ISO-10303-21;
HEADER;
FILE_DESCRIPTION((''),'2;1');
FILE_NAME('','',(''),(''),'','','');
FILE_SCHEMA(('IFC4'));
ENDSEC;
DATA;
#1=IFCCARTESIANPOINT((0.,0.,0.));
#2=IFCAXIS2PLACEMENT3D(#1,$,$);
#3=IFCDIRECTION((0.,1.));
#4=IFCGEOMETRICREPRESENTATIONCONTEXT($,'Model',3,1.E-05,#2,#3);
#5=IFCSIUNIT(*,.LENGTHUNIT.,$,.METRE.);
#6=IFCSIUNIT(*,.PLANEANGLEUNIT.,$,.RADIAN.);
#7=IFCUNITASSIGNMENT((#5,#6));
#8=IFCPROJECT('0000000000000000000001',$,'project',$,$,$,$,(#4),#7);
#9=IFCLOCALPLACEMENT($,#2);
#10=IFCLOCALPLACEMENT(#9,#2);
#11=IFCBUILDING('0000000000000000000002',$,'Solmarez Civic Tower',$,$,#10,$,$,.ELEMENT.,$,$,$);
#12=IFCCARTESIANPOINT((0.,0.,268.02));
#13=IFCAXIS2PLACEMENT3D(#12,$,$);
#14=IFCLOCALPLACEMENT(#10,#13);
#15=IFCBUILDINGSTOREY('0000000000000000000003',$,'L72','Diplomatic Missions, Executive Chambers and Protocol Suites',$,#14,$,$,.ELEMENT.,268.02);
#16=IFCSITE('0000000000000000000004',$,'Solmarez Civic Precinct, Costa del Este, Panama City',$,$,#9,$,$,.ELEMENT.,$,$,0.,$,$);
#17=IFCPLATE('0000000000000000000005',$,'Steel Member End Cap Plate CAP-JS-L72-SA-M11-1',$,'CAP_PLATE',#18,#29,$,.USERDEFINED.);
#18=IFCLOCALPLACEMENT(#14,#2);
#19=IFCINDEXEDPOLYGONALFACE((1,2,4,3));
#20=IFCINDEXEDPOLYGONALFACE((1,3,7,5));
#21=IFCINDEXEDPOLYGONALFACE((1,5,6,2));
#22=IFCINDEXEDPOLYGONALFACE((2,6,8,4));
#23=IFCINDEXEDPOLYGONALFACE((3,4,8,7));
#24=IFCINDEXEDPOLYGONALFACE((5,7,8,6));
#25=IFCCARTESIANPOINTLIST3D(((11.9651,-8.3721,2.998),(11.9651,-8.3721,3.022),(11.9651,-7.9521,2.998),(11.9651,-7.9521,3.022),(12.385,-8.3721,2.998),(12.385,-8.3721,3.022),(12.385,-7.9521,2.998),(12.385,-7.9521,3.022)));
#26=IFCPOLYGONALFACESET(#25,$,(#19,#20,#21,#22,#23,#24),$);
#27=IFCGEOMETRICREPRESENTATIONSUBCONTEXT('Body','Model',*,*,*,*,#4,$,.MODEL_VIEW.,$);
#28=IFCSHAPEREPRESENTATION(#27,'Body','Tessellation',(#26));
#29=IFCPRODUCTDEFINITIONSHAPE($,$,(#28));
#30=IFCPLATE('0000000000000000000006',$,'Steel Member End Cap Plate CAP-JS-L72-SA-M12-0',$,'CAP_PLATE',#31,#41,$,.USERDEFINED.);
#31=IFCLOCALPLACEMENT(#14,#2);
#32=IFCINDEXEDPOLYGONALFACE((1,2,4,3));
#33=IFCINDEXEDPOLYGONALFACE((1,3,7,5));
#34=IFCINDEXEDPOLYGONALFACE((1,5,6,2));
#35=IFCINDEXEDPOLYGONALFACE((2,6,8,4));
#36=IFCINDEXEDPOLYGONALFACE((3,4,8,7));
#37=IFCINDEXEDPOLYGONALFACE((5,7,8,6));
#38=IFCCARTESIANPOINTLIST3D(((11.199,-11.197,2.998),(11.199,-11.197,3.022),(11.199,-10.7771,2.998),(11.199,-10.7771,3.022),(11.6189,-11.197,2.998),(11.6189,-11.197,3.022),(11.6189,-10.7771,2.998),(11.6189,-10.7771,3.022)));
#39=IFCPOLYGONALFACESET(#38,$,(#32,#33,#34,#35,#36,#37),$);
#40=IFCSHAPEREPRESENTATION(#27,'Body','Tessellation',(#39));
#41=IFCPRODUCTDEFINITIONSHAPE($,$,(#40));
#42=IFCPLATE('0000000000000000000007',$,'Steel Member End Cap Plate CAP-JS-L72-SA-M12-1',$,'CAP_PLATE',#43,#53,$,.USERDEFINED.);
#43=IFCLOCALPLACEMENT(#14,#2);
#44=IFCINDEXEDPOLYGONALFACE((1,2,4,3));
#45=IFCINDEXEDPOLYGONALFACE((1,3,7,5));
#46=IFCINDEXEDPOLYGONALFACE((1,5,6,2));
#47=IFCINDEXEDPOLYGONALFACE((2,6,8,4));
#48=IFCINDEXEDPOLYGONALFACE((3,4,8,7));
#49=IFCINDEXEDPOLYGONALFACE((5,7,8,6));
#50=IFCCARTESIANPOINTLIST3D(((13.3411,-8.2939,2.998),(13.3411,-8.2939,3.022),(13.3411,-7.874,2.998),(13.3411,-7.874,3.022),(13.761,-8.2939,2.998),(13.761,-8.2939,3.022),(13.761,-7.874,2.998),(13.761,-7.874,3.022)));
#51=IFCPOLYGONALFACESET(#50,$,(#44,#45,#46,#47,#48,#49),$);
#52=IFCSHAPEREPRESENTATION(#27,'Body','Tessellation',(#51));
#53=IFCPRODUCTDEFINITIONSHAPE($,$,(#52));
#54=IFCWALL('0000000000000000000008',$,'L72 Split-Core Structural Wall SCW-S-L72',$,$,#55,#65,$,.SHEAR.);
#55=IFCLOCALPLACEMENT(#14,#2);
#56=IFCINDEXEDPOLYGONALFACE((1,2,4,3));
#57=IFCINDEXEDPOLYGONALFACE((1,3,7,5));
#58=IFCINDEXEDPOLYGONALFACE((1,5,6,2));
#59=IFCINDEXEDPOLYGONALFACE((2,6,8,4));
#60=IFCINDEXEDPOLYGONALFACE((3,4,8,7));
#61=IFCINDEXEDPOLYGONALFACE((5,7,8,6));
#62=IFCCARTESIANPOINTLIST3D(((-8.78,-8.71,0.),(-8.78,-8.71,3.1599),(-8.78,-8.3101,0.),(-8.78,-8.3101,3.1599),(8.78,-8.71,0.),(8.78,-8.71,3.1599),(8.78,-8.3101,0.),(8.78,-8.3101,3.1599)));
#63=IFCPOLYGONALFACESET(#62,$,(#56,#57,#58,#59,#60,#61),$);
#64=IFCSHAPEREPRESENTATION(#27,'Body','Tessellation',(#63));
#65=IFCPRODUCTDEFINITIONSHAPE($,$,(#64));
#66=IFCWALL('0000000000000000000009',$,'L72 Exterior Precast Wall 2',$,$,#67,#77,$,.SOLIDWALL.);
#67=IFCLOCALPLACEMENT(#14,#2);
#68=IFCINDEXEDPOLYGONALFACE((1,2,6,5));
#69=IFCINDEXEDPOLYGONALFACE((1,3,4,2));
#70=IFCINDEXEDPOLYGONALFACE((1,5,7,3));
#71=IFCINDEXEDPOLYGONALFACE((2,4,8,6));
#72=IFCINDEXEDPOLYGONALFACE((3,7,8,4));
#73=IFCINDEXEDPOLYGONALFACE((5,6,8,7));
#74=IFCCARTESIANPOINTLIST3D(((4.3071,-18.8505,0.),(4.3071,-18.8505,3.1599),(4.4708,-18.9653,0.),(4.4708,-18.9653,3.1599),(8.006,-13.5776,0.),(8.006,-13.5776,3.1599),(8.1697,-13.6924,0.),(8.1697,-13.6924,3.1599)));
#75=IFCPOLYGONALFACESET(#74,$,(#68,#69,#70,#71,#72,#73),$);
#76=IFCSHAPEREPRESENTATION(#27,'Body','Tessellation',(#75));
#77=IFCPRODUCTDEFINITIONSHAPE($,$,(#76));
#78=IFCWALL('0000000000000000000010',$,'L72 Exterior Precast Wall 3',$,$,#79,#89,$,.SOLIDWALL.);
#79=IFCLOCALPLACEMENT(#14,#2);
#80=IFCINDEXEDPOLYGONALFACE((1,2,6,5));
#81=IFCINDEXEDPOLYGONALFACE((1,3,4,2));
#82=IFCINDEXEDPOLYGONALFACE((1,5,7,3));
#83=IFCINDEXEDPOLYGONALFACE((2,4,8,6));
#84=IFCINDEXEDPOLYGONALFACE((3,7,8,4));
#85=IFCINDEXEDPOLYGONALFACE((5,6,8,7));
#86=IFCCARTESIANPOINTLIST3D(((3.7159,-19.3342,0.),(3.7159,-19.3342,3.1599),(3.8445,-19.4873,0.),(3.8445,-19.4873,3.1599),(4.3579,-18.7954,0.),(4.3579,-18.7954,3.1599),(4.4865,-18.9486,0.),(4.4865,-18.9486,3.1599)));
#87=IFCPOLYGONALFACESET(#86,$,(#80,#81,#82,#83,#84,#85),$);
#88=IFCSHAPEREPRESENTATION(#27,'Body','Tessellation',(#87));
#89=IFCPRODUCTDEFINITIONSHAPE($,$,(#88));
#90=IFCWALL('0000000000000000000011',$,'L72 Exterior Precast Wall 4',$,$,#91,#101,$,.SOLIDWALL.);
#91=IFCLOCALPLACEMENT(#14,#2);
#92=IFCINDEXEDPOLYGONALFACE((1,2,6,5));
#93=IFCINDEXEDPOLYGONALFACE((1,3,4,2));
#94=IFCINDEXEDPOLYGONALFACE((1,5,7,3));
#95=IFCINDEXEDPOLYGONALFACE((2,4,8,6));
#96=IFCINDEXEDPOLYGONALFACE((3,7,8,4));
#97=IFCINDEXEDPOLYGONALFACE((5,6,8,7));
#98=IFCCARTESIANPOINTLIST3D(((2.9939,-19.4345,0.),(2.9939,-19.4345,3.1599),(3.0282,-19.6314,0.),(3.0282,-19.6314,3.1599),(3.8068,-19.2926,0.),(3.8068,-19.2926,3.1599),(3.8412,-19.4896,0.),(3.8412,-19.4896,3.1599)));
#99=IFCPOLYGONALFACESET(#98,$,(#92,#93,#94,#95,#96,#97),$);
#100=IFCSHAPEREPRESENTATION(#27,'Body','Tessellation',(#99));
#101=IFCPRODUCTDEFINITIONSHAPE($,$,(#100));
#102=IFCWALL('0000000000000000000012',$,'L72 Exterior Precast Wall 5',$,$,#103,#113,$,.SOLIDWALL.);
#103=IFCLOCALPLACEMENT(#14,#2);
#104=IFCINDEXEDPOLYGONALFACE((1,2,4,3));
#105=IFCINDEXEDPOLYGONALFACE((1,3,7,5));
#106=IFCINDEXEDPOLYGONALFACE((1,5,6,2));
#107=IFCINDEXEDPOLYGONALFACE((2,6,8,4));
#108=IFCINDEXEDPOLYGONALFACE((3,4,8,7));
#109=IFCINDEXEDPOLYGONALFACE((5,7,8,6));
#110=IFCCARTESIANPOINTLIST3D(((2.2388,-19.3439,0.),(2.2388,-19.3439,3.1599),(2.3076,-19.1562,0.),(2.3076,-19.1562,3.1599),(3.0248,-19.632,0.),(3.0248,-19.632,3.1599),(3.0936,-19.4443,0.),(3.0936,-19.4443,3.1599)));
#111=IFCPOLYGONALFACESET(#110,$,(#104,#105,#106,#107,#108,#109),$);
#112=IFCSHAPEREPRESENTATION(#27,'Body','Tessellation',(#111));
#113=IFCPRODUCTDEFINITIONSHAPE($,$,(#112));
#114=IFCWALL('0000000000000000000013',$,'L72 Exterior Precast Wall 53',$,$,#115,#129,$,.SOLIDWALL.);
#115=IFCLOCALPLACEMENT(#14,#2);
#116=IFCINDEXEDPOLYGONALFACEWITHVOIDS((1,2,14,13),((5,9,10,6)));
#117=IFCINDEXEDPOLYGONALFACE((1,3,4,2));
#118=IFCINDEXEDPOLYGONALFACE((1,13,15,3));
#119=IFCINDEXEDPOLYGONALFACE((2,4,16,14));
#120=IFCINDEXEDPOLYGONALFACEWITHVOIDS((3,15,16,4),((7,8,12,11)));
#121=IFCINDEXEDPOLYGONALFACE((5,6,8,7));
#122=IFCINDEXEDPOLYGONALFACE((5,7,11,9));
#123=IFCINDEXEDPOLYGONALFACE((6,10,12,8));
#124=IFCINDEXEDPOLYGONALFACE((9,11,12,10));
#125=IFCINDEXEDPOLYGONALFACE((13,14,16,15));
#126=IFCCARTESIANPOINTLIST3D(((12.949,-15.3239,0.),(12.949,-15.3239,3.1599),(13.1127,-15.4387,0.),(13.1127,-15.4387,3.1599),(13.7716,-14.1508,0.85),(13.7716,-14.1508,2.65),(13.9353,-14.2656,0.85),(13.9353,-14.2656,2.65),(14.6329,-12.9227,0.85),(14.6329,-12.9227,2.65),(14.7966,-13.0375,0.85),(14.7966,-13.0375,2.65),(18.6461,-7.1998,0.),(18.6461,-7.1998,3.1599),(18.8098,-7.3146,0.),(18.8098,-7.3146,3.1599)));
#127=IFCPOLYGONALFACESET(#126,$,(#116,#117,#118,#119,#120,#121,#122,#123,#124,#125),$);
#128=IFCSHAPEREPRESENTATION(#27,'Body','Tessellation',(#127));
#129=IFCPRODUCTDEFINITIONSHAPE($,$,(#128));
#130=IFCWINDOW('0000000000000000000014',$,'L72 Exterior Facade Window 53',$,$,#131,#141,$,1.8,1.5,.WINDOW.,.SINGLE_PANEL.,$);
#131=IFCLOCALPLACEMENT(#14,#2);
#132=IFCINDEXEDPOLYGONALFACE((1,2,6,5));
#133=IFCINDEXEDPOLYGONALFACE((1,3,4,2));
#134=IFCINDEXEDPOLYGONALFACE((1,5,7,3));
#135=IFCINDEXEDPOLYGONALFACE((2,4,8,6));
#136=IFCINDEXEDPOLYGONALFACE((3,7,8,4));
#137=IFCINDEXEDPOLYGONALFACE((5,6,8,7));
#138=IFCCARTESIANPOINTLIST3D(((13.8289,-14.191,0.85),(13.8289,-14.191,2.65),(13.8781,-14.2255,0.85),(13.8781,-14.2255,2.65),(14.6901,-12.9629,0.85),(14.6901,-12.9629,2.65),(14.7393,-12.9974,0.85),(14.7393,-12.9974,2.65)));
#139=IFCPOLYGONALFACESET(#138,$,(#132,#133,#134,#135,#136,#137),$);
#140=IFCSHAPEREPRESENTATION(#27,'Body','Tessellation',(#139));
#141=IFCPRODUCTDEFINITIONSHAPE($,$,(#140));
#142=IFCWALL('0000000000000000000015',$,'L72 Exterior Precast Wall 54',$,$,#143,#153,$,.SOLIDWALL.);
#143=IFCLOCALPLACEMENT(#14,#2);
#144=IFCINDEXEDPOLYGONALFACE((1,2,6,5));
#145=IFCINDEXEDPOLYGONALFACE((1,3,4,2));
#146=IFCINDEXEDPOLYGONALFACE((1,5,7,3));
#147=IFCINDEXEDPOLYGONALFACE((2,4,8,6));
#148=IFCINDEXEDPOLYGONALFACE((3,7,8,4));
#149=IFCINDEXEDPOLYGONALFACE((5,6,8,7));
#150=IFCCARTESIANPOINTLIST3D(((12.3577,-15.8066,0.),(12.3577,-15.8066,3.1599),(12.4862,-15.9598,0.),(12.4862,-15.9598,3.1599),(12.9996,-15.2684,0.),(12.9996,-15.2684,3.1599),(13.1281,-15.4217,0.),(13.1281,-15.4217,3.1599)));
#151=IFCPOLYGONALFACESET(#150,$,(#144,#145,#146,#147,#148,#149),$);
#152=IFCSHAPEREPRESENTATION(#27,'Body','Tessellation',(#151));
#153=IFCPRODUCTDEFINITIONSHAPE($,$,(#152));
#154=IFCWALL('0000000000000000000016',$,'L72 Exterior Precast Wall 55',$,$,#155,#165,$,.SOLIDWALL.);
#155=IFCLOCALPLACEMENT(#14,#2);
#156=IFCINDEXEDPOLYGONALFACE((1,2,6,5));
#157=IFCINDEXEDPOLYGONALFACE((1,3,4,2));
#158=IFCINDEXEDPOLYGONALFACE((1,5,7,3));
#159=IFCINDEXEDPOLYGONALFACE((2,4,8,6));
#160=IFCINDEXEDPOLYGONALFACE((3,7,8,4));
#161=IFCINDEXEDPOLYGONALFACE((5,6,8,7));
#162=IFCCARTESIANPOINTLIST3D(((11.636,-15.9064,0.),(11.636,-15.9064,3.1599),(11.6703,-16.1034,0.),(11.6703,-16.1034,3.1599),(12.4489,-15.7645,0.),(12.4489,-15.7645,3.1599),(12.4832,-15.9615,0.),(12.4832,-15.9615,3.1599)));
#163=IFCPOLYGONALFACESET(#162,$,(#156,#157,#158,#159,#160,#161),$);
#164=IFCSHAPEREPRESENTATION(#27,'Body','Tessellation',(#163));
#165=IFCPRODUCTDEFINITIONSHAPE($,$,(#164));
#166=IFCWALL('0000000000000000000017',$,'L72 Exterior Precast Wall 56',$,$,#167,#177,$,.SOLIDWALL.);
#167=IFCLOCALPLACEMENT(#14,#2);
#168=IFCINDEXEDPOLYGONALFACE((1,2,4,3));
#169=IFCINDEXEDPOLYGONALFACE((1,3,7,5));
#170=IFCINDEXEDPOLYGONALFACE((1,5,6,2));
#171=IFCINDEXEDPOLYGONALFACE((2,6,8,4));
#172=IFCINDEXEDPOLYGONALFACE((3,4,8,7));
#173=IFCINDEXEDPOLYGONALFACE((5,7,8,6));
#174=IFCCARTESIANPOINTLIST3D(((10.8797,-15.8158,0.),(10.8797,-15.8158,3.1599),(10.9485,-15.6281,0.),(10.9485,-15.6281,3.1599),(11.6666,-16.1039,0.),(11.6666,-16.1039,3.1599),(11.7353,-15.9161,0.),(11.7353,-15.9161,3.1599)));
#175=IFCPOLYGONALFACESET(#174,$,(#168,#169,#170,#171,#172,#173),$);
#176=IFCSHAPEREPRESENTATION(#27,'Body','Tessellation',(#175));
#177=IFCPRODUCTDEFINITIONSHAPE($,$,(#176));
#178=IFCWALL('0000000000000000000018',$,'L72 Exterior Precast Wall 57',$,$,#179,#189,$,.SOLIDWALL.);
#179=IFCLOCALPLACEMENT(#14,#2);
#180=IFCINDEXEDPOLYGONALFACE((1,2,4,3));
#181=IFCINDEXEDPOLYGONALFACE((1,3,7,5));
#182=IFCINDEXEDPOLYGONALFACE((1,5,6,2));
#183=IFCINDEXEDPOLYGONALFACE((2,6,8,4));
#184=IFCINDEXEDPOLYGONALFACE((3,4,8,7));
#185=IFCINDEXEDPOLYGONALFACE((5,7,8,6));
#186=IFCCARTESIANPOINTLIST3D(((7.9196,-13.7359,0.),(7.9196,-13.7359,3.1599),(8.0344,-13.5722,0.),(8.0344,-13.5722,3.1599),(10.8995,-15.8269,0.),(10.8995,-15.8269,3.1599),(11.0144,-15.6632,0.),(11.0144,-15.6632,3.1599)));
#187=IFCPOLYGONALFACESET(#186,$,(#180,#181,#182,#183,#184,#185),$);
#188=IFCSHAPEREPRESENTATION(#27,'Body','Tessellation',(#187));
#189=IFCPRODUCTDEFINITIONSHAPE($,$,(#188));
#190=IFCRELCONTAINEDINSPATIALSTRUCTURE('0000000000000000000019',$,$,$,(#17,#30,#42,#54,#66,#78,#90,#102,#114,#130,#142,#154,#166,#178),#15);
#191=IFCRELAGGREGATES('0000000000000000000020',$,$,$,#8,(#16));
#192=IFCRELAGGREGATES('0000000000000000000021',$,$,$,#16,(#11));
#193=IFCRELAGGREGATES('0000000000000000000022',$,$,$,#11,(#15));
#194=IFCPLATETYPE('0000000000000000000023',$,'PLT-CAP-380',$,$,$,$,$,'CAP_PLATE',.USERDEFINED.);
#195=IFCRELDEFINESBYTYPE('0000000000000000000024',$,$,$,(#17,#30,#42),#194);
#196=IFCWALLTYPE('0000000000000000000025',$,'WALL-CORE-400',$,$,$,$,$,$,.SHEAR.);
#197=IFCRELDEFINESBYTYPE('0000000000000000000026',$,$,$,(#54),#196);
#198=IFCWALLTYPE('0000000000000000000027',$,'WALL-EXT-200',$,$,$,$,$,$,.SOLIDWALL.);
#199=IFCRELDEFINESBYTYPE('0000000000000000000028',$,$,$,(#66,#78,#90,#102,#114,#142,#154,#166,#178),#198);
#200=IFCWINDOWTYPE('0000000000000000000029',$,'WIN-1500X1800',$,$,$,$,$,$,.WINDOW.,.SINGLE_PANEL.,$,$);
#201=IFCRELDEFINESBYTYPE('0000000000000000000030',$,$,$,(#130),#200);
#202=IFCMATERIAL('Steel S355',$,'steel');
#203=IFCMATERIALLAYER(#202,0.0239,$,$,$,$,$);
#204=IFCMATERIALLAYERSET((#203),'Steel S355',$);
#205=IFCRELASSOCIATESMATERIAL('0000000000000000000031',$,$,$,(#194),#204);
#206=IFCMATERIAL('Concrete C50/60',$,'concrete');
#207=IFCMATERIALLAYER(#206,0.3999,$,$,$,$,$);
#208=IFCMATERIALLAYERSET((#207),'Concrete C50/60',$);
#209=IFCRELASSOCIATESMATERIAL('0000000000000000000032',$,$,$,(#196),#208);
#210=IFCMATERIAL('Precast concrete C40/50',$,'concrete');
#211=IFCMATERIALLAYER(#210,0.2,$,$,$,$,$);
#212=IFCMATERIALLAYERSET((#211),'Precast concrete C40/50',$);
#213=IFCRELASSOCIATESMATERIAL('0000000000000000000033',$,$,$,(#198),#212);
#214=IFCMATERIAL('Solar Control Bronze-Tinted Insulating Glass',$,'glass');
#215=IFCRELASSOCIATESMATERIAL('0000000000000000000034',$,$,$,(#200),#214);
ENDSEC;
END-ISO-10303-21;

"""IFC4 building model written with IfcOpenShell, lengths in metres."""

from ifc_helpers import new_model, si_unit, direction, frame, frame_2d, origin, origin_2d, place, context, subcontext, project, spatial, rectangle, extrude, material, layer, layer_set, type_object, element, fill, save


model = new_model("IFC4")

# Units and contexts
model_context = context("Model", 3, precision=1e-05, world=origin(), true_north=direction((0.0, 1.0)))
body_context = subcontext(model_context, "Body", "Model", "MODEL_VIEW")
ifc_project = project(units=[si_unit("LENGTHUNIT", "METRE"), si_unit("PLANEANGLEUNIT", "RADIAN")], contexts=[model_context])

# Site, building, storey
site_placement = place(None, origin())
site = spatial("IfcSite", under=ifc_project, at=site_placement, Name="Solmarez Civic Precinct, Costa del Este, Panama City", CompositionType="ELEMENT", RefElevation=0.0)
building_placement = place(site_placement, origin())
building = spatial("IfcBuilding", under=site, at=building_placement, Name="Solmarez Civic Tower", CompositionType="ELEMENT")
storey_placement = place(building_placement, frame((0.0, 0.0, 268.02)))
storey = spatial("IfcBuildingStorey", under=building, at=storey_placement, Name="L72", Description="Diplomatic Missions, Executive Chambers and Protocol Suites", CompositionType="ELEMENT", Elevation=268.02)

# Shared definitions
ifc_material_1 = material(Name="Concrete C50/60", Category="concrete")

# Shared definitions
ifc_material_2 = material(Name="Steel S355", Category="steel")

# Plates
ifc_layer_1 = layer(ifc_material_2, 0.0239)
ifc_layer_set_1 = layer_set([ifc_layer_1], Name="Steel S355")
plate_type = type_object("IfcPlateType", Name="PLT-CAP-380", ElementType="CAP_PLATE", PredefinedType="USERDEFINED", material=ifc_layer_set_1)
for number, where, z_axis, x_axis, name in (
    (1, (12.175, -8.1621, 2.998), (0.0, 0.0, 1.0), (1.0, 0.0, 0.0), "Steel Member End Cap Plate CAP-JS-L72-SA-M11-1"),
    (2, (11.4089, -10.9871, 2.998), (0.0, 0.0, 1.0), (1.0, 0.0, 0.0), "Steel Member End Cap Plate CAP-JS-L72-SA-M12-0"),
    (3, (13.551, -8.084, 2.998), (0.0, 0.0, 1.0), (1.0, 0.0, 0.0), "Steel Member End Cap Plate CAP-JS-L72-SA-M12-1"),
):
    element("IfcPlate", number, at=place(storey_placement, frame(where, z_axis=z_axis, x_axis=x_axis)), inside=storey, type_object=plate_type, Name=name, ObjectType="CAP_PLATE", PredefinedType="USERDEFINED", context=body_context, shape_type="SweptSolid", body=[
        extrude(rectangle(XDim=0.4199, YDim=0.4199, at=origin_2d()), origin(), (0.0, 0.0, 1.0), 0.0239),
    ])

# Walls
ifc_layer_2 = layer(ifc_material_1, 0.3999)
ifc_layer_set_2 = layer_set([ifc_layer_2], Name="Concrete C50/60")
wall_type_1 = type_object("IfcWallType", Name="WALL-CORE-400", PredefinedType="SHEAR", material=ifc_layer_set_2)
wall_1_placement = place(storey_placement, frame((8.78, -8.51, 0.0), z_axis=(0.0, 0.0, 1.0), x_axis=(-1.0, 0.0, 0.0)))
element("IfcWall", 4, at=wall_1_placement, inside=storey, type_object=wall_type_1, Name="L72 Split-Core Structural Wall SCW-S-L72", PredefinedType="SHEAR", context=body_context, shape_type="SweptSolid", body=[
    extrude(rectangle(XDim=17.5601, YDim=0.3999, at=frame_2d((8.78, 0.0))), origin(), (0.0, 0.0, 1.0), 3.1599),
])
ifc_material_3 = material(Name="Precast concrete C40/50", Category="concrete")
ifc_layer_3 = layer(ifc_material_3, 0.2)
ifc_layer_set_3 = layer_set([ifc_layer_3], Name="Precast concrete C40/50")
wall_type_2 = type_object("IfcWallType", Name="WALL-EXT-200", PredefinedType="SOLIDWALL", material=ifc_layer_set_3)
wall_2_placement = place(storey_placement, frame((8.0879, -13.635, 0.0), z_axis=(0.0, 0.0, 1.0), x_axis=(-0.574286, -0.818655, 0.0)))
element("IfcWall", 5, at=wall_2_placement, inside=storey, type_object=wall_type_2, Name="L72 Exterior Precast Wall 2", PredefinedType="SOLIDWALL", context=body_context, shape_type="SweptSolid", body=[
    extrude(rectangle(XDim=6.4409, YDim=0.2, at=frame_2d((3.2205, 0.0))), origin(), (0.0, 0.0, 1.0), 3.1599),
])
wall_3_placement = place(storey_placement, frame((4.4221, -18.8721, 0.0), z_axis=(0.0, 0.0, 1.0), x_axis=(-0.76602, -0.642816, 0.0)))
element("IfcWall", 6, at=wall_3_placement, inside=storey, type_object=wall_type_2, Name="L72 Exterior Precast Wall 3", PredefinedType="SOLIDWALL", context=body_context, shape_type="SweptSolid", body=[
    extrude(rectangle(XDim=0.8381, YDim=0.2, at=frame_2d((0.4189, 0.0))), origin(), (0.0, 0.0, 1.0), 3.1599),
])
wall_4_placement = place(storey_placement, frame((3.824, -19.3911, 0.0), z_axis=(0.0, 0.0, 1.0), x_axis=(-0.985118, -0.171878, 0.0)))
element("IfcWall", 7, at=wall_4_placement, inside=storey, type_object=wall_type_2, Name="L72 Exterior Precast Wall 4", PredefinedType="SOLIDWALL", context=body_context, shape_type="SweptSolid", body=[
    extrude(rectangle(XDim=0.8252, YDim=0.2, at=frame_2d((0.4126, 0.0))), origin(), (0.0, 0.0, 1.0), 3.1599),
])
wall_5_placement = place(storey_placement, frame((3.0591, -19.5381, 0.0), z_axis=(0.0, 0.0, 1.0), x_axis=(-0.938939, 0.344083, 0.0)))
element("IfcWall", 8, at=wall_5_placement, inside=storey, type_object=wall_type_2, Name="L72 Exterior Precast Wall 5", PredefinedType="SOLIDWALL", context=body_context, shape_type="SweptSolid", body=[
    extrude(rectangle(XDim=0.8372, YDim=0.2, at=frame_2d((0.4185, 0.0))), origin(), (0.0, 0.0, 1.0), 3.1599),
])

# Wall, opening, window
wall_6_placement = place(storey_placement, frame((18.728, -7.2571, 0.0), z_axis=(0.0, 0.0, 1.0), x_axis=(-0.574152, -0.818748, 0.0)))
wall_6 = element("IfcWall", 9, at=wall_6_placement, inside=storey, type_object=wall_type_2, Name="L72 Exterior Precast Wall 53", PredefinedType="SOLIDWALL", context=body_context, shape_type="SweptSolid", body=[
    extrude(rectangle(XDim=9.9226, YDim=0.2, at=frame_2d((4.9614, 0.0))), origin(), (0.0, 0.0, 1.0), 3.1599),
])
opening_placement = place(wall_6_placement, frame((6.99, 0.0, 0.8501)))
opening = element("IfcOpeningElement", 10, at=opening_placement, cuts=wall_6, PredefinedType="OPENING", context=body_context, shape_type="SweptSolid", body=[
    extrude(rectangle(XDim=1.5, YDim=1.8, at=frame_2d((0.75, 0.8999))), frame((0.0, 0.1099, 0.0), z_axis=(0.0, -1.0, 0.0), x_axis=(1.0, 0.0, 0.0)), (0.0, 0.0, 1.0), 0.22),
])
ifc_material_4 = material(Name="Solar Control Bronze-Tinted Insulating Glass", Category="glass")
window_type = type_object("IfcWindowType", Name="WIN-1500X1800", PartitioningType="SINGLE_PANEL", PredefinedType="WINDOW", material=ifc_material_4)
window_placement = place(opening_placement, origin())
window = element("IfcWindow", 11, at=window_placement, inside=storey, type_object=window_type, Name="L72 Exterior Facade Window 53", OverallHeight=1.8, OverallWidth=1.5, PartitioningType="SINGLE_PANEL", PredefinedType="WINDOW", context=body_context, shape_type="SweptSolid", body=[
    extrude(rectangle(XDim=1.5, YDim=1.8, at=frame_2d((0.75, 0.8999))), frame((0.0, 0.03, 0.0), z_axis=(0.0, -1.0, 0.0), x_axis=(1.0, 0.0, 0.0)), (0.0, 0.0, 1.0), 0.0601),
])
fill(opening, window)

# Walls
wall_7_placement = place(storey_placement, frame((13.064, -15.345, 0.0), z_axis=(0.0, 0.0, 1.0), x_axis=(-0.76633, -0.642447, 0.0)))
element("IfcWall", 12, at=wall_7_placement, inside=storey, type_object=wall_type_2, Name="L72 Exterior Precast Wall 54", PredefinedType="SOLIDWALL", context=body_context, shape_type="SweptSolid", body=[
    extrude(rectangle(XDim=0.8376, YDim=0.2, at=frame_2d((0.4189, 0.0))), origin(), (0.0, 0.0, 1.0), 3.1599),
])
wall_8_placement = place(storey_placement, frame((12.4661, -15.863, 0.0), z_axis=(0.0, 0.0, 1.0), x_axis=(-0.985118, -0.171878, 0.0)))
element("IfcWall", 13, at=wall_8_placement, inside=storey, type_object=wall_type_2, Name="L72 Exterior Precast Wall 55", PredefinedType="SOLIDWALL", context=body_context, shape_type="SweptSolid", body=[
    extrude(rectangle(XDim=0.8252, YDim=0.2, at=frame_2d((0.4126, 0.0))), origin(), (0.0, 0.0, 1.0), 3.1599),
])
wall_9_placement = place(storey_placement, frame((11.7009, -16.01, 0.0), z_axis=(0.0, 0.0, 1.0), x_axis=(-0.939043, 0.343801, 0.0)))
element("IfcWall", 14, at=wall_9_placement, inside=storey, type_object=wall_type_2, Name="L72 Exterior Precast Wall 56", PredefinedType="SOLIDWALL", context=body_context, shape_type="SweptSolid", body=[
    extrude(rectangle(XDim=0.8379, YDim=0.2, at=frame_2d((0.4189, 0.0))), origin(), (0.0, 0.0, 1.0), 3.1599),
])
wall_10_placement = place(storey_placement, frame((10.957, -15.7451, 0.0), z_axis=(0.0, 0.0, 1.0), x_axis=(-0.818576, 0.574398, 0.0)))
element("IfcWall", 15, at=wall_10_placement, inside=storey, type_object=wall_type_2, Name="L72 Exterior Precast Wall 57", PredefinedType="SOLIDWALL", context=body_context, shape_type="SweptSolid", body=[
    extrude(rectangle(XDim=3.6404, YDim=0.2, at=frame_2d((1.8203, 0.0))), origin(), (0.0, 0.0, 1.0), 3.1599),
])

save(model, "model.ifc")
